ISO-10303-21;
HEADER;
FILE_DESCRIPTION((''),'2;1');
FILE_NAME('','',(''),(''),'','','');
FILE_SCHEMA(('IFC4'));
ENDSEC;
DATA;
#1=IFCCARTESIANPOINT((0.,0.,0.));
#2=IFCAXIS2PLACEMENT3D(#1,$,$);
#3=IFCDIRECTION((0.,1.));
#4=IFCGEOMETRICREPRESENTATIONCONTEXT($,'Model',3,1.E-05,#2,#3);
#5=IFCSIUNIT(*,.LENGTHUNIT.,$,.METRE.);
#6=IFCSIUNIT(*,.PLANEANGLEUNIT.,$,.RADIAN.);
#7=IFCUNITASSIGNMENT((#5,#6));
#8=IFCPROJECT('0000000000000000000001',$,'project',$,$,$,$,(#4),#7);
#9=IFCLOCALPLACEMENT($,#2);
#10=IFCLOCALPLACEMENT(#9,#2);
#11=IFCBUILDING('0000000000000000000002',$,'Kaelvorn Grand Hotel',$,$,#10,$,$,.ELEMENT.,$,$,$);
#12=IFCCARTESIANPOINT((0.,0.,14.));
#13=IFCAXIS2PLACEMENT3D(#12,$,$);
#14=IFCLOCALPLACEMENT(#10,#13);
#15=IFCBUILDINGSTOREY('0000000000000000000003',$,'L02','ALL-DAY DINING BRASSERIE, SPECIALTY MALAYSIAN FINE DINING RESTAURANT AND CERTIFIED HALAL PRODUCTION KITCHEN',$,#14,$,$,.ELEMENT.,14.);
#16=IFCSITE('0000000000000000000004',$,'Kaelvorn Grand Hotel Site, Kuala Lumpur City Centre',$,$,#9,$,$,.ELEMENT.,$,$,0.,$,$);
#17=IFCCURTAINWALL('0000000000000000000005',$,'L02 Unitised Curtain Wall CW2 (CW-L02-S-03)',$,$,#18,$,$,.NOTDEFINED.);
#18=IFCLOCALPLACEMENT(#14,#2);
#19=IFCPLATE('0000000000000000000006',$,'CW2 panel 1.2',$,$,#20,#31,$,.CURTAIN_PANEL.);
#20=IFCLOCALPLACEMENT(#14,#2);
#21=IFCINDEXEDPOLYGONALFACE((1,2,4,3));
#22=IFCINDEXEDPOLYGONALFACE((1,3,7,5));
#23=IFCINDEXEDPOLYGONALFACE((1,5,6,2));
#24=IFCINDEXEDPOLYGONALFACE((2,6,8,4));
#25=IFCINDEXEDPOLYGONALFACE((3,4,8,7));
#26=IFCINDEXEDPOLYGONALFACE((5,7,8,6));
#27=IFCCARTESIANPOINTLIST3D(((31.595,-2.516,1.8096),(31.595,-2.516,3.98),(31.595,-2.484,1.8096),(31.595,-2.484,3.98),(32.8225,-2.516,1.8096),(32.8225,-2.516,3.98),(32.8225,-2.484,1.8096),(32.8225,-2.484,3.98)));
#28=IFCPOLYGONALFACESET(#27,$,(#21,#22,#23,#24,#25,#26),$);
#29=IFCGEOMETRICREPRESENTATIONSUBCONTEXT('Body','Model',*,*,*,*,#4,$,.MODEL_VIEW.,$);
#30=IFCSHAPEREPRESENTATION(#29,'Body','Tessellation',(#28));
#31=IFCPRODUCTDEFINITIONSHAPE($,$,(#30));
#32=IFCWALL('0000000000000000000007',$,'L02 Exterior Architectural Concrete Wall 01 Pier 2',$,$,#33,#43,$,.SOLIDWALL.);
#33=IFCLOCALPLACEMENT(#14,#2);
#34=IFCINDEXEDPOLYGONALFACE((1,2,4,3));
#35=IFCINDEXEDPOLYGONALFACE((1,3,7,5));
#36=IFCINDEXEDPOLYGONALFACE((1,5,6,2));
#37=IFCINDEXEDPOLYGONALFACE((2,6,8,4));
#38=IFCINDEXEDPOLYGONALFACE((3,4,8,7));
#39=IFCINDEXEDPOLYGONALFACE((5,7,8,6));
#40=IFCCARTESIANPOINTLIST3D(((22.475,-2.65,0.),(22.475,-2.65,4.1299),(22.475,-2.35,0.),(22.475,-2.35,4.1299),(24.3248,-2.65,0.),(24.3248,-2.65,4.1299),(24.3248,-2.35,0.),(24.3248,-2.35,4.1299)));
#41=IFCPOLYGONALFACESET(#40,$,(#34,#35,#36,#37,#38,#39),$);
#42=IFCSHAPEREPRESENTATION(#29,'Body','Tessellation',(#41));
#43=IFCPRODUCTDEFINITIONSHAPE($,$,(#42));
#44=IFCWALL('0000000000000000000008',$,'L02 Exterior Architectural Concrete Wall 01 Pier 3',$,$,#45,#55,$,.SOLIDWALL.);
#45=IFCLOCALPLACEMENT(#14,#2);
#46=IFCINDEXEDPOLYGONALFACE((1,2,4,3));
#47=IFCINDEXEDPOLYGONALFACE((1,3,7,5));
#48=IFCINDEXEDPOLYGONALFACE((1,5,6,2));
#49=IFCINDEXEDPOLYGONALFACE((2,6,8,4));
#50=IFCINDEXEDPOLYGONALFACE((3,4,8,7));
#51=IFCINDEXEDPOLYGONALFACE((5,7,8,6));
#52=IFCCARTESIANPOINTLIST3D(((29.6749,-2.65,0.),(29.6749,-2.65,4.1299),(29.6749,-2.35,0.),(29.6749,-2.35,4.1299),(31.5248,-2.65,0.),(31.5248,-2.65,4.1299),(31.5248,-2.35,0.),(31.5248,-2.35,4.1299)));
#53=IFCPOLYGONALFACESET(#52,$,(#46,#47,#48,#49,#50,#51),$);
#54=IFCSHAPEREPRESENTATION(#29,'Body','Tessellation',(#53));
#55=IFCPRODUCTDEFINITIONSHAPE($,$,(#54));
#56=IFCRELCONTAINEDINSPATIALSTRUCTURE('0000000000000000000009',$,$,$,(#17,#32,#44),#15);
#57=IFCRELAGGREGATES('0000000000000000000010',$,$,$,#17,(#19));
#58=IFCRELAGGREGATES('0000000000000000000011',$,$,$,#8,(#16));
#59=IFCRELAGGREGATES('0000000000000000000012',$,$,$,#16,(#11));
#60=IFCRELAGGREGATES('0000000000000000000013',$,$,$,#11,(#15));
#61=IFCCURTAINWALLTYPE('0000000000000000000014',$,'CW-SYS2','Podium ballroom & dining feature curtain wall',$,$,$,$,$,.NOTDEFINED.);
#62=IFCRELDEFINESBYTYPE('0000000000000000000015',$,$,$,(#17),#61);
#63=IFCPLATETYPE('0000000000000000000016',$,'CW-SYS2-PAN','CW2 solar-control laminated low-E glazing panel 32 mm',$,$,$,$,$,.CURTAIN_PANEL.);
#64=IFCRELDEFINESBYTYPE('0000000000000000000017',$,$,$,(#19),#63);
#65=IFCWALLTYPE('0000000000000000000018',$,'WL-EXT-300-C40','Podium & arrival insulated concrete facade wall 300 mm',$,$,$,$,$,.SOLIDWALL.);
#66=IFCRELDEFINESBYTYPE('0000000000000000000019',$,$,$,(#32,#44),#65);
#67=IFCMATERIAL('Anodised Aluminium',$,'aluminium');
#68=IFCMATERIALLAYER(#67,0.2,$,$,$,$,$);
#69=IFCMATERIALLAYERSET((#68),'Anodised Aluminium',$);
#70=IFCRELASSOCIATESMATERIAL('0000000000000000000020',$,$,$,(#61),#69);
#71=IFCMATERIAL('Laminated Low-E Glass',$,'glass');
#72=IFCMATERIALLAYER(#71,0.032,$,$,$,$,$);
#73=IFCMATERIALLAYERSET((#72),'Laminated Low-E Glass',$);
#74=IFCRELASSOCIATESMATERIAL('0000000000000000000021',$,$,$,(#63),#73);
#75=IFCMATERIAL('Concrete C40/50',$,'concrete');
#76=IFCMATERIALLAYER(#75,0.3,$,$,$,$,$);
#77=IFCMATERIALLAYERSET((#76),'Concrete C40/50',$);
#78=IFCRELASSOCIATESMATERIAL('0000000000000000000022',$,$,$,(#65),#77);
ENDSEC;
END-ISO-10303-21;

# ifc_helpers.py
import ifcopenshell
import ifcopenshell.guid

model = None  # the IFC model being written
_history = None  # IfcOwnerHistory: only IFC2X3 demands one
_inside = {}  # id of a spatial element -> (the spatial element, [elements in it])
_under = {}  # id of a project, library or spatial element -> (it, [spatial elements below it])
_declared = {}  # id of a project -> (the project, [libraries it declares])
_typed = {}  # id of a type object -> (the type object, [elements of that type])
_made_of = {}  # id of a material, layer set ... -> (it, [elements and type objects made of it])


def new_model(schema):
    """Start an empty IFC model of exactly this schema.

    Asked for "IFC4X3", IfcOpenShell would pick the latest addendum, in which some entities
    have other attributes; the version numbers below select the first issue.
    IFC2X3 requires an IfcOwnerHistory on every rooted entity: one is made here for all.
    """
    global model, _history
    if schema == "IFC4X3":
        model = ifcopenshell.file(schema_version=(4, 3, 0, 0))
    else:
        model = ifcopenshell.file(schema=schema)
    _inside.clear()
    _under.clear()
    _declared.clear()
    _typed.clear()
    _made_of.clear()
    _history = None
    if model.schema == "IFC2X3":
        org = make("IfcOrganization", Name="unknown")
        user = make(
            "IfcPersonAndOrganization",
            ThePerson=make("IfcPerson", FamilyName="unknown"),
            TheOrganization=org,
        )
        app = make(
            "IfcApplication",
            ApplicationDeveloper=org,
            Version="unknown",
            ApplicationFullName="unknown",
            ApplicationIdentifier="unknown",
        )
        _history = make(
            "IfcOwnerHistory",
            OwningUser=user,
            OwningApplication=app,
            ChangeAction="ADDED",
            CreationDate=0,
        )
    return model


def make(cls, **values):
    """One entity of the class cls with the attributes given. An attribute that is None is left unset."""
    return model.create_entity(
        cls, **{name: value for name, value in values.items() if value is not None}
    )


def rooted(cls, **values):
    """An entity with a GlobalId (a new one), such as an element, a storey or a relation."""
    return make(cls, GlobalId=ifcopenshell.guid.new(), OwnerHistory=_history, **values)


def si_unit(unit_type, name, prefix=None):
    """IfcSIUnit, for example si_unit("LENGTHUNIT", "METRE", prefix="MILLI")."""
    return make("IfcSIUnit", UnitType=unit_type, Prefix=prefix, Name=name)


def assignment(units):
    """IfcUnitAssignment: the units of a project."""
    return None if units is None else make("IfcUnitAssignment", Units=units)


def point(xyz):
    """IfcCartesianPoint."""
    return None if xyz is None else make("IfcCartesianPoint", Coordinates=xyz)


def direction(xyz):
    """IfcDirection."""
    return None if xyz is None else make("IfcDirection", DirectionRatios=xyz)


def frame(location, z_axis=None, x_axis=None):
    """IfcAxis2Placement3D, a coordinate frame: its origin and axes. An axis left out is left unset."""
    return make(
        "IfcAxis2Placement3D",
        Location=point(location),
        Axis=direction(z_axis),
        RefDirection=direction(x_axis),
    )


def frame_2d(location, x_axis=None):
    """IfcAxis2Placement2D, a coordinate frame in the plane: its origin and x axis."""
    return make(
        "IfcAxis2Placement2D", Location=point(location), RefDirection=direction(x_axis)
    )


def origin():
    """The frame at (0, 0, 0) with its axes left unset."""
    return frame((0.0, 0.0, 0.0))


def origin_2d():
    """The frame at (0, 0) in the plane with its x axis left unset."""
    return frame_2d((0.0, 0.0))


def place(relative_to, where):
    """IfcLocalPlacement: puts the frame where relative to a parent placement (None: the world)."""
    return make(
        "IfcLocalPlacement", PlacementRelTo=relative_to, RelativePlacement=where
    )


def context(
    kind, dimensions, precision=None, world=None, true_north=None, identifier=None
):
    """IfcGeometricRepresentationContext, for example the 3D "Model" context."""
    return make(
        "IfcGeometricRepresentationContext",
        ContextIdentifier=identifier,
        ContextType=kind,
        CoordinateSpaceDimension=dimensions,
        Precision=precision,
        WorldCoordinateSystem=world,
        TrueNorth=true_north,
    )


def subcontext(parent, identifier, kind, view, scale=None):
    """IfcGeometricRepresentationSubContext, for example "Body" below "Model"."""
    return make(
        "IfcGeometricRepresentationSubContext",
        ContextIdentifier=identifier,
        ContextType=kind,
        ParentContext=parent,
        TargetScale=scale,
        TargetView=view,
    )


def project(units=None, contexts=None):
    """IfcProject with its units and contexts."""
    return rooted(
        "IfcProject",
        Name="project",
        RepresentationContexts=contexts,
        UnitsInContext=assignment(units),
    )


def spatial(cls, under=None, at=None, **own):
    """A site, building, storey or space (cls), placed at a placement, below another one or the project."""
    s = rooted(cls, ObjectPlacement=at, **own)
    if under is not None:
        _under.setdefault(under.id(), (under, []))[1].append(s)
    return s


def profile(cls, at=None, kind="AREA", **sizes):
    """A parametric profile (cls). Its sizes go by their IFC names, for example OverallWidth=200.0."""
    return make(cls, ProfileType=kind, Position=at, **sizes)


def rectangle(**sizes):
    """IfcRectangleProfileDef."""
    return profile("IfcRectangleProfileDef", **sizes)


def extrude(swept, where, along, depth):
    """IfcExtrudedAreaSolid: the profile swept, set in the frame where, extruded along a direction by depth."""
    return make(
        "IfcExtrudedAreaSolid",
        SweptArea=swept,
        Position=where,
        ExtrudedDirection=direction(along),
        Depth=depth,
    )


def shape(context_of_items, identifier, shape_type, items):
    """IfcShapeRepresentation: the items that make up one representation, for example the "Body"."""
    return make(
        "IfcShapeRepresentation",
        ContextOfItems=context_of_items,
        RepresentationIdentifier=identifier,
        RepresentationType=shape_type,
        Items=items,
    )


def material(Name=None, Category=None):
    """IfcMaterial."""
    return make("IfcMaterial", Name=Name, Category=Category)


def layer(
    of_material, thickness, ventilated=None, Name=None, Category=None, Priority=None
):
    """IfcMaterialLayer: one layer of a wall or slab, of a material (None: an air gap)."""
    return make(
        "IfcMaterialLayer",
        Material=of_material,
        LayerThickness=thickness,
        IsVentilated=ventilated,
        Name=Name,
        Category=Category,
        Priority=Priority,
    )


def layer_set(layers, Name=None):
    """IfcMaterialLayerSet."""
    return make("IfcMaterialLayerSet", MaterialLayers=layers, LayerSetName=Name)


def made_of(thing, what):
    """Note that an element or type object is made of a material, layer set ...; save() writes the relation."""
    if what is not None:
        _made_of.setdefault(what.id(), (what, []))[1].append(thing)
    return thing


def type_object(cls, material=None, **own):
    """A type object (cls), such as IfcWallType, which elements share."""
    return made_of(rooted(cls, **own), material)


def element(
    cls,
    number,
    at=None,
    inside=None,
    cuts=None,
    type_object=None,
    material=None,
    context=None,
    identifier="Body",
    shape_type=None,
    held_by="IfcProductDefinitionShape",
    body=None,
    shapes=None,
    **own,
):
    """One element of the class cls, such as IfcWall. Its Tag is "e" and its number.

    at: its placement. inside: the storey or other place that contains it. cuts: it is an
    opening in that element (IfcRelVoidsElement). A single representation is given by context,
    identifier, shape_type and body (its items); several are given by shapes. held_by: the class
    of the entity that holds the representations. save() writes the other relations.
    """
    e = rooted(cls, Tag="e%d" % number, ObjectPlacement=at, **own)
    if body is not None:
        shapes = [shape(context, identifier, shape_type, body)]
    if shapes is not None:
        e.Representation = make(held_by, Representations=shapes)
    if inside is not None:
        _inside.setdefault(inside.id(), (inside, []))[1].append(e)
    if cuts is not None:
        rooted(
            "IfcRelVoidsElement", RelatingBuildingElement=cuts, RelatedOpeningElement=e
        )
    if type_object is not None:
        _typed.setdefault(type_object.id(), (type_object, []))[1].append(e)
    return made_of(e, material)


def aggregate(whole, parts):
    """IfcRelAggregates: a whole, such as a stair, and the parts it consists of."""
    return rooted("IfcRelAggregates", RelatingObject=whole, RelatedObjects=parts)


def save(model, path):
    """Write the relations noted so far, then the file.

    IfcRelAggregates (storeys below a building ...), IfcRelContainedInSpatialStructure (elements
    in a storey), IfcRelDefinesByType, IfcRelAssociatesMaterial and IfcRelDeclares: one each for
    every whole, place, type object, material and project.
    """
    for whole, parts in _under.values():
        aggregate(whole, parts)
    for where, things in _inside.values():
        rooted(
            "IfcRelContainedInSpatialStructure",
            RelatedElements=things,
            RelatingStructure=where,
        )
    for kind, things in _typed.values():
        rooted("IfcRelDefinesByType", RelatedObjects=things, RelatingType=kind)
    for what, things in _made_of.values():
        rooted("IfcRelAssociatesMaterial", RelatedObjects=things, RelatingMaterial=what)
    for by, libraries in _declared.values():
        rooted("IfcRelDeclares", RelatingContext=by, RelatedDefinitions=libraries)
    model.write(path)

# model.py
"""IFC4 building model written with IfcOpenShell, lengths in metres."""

from ifc_helpers import new_model, si_unit, direction, frame, frame_2d, origin, origin_2d, place, context, subcontext, project, spatial, rectangle, extrude, material, layer, layer_set, type_object, element, aggregate, save


model = new_model("IFC4")

# Units and contexts
model_context = context("Model", 3, precision=1e-05, world=origin(), true_north=direction((0.0, 1.0)))
body_context = subcontext(model_context, "Body", "Model", "MODEL_VIEW")
ifc_project = project(units=[si_unit("LENGTHUNIT", "METRE"), si_unit("PLANEANGLEUNIT", "RADIAN")], contexts=[model_context])

# Site, building, storey
site_placement = place(None, origin())
site = spatial("IfcSite", under=ifc_project, at=site_placement, Name="Kaelvorn Grand Hotel Site, Kuala Lumpur City Centre", CompositionType="ELEMENT", RefElevation=0.0)
building_placement = place(site_placement, origin())
building = spatial("IfcBuilding", under=site, at=building_placement, Name="Kaelvorn Grand Hotel", CompositionType="ELEMENT")
storey_placement = place(building_placement, frame((0.0, 0.0, 14.0)))
storey = spatial("IfcBuildingStorey", under=building, at=storey_placement, Name="L02", Description="ALL-DAY DINING BRASSERIE, SPECIALTY MALAYSIAN FINE DINING RESTAURANT AND CERTIFIED HALAL PRODUCTION KITCHEN", CompositionType="ELEMENT", Elevation=14.0)

# Shared definitions
ifc_material_1 = material(Name="Anodised Aluminium", Category="aluminium")
ifc_layer_1 = layer(ifc_material_1, 0.2)
ifc_layer_set_1 = layer_set([ifc_layer_1], Name="Anodised Aluminium")
curtain_wall_type = type_object("IfcCurtainWallType", Name="CW-SYS2", Description="Podium ballroom & dining feature curtain wall", PredefinedType="NOTDEFINED", material=ifc_layer_set_1)

# Curtain wall
curtain_wall_1_placement = place(storey_placement, origin())
curtain_wall_1 = element("IfcCurtainWall", 1, at=curtain_wall_1_placement, inside=storey, type_object=curtain_wall_type, Name="L02 Unitised Curtain Wall CW2 (CW-L02-S-03)", PredefinedType="NOTDEFINED")

# Plate
ifc_material_2 = material(Name="Laminated Low-E Glass", Category="glass")
ifc_layer_2 = layer(ifc_material_2, 0.032)
ifc_layer_set_2 = layer_set([ifc_layer_2], Name="Laminated Low-E Glass")
plate_type = type_object("IfcPlateType", Name="CW-SYS2-PAN", Description="CW2 solar-control laminated low-E glazing panel 32 mm", PredefinedType="CURTAIN_PANEL", material=ifc_layer_set_2)
plate_1_placement = place(storey_placement, frame((32.2087, -2.5, 1.8096), z_axis=(0.0, 0.0, 1.0), x_axis=(1.0, 0.0, 0.0)))
plate_1 = element("IfcPlate", 2, at=plate_1_placement, type_object=plate_type, Name="CW2 panel 1.2", PredefinedType="CURTAIN_PANEL", context=body_context, shape_type="SweptSolid", body=[
    extrude(rectangle(XDim=1.2275, YDim=0.032, at=origin_2d()), origin(), (0.0, 0.0, 1.0), 2.1704),
])
aggregate(curtain_wall_1, [plate_1])

# Walls
ifc_material_3 = material(Name="Concrete C40/50", Category="concrete")
ifc_layer_3 = layer(ifc_material_3, 0.3)
ifc_layer_set_3 = layer_set([ifc_layer_3], Name="Concrete C40/50")
wall_type = type_object("IfcWallType", Name="WL-EXT-300-C40", Description="Podium & arrival insulated concrete facade wall 300 mm", PredefinedType="SOLIDWALL", material=ifc_layer_set_3)
for number, where, z_axis, x_axis, name in (
    (3, (22.4751, -2.5, 0.0), (0.0, 0.0, 1.0), (1.0, 0.0, 0.0), "L02 Exterior Architectural Concrete Wall 01 Pier 2"),
    (4, (29.675, -2.5, 0.0), (0.0, 0.0, 1.0), (1.0, 0.0, 0.0), "L02 Exterior Architectural Concrete Wall 01 Pier 3"),
):
    element("IfcWall", number, at=place(storey_placement, frame(where, z_axis=z_axis, x_axis=x_axis)), inside=storey, type_object=wall_type, Name=name, PredefinedType="SOLIDWALL", context=body_context, shape_type="SweptSolid", body=[
        extrude(rectangle(XDim=1.8499, YDim=0.3, at=frame_2d((0.9248, 0.0))), origin(), (0.0, 0.0, 1.0), 4.1299),
    ])

save(model, "model.ifc")
